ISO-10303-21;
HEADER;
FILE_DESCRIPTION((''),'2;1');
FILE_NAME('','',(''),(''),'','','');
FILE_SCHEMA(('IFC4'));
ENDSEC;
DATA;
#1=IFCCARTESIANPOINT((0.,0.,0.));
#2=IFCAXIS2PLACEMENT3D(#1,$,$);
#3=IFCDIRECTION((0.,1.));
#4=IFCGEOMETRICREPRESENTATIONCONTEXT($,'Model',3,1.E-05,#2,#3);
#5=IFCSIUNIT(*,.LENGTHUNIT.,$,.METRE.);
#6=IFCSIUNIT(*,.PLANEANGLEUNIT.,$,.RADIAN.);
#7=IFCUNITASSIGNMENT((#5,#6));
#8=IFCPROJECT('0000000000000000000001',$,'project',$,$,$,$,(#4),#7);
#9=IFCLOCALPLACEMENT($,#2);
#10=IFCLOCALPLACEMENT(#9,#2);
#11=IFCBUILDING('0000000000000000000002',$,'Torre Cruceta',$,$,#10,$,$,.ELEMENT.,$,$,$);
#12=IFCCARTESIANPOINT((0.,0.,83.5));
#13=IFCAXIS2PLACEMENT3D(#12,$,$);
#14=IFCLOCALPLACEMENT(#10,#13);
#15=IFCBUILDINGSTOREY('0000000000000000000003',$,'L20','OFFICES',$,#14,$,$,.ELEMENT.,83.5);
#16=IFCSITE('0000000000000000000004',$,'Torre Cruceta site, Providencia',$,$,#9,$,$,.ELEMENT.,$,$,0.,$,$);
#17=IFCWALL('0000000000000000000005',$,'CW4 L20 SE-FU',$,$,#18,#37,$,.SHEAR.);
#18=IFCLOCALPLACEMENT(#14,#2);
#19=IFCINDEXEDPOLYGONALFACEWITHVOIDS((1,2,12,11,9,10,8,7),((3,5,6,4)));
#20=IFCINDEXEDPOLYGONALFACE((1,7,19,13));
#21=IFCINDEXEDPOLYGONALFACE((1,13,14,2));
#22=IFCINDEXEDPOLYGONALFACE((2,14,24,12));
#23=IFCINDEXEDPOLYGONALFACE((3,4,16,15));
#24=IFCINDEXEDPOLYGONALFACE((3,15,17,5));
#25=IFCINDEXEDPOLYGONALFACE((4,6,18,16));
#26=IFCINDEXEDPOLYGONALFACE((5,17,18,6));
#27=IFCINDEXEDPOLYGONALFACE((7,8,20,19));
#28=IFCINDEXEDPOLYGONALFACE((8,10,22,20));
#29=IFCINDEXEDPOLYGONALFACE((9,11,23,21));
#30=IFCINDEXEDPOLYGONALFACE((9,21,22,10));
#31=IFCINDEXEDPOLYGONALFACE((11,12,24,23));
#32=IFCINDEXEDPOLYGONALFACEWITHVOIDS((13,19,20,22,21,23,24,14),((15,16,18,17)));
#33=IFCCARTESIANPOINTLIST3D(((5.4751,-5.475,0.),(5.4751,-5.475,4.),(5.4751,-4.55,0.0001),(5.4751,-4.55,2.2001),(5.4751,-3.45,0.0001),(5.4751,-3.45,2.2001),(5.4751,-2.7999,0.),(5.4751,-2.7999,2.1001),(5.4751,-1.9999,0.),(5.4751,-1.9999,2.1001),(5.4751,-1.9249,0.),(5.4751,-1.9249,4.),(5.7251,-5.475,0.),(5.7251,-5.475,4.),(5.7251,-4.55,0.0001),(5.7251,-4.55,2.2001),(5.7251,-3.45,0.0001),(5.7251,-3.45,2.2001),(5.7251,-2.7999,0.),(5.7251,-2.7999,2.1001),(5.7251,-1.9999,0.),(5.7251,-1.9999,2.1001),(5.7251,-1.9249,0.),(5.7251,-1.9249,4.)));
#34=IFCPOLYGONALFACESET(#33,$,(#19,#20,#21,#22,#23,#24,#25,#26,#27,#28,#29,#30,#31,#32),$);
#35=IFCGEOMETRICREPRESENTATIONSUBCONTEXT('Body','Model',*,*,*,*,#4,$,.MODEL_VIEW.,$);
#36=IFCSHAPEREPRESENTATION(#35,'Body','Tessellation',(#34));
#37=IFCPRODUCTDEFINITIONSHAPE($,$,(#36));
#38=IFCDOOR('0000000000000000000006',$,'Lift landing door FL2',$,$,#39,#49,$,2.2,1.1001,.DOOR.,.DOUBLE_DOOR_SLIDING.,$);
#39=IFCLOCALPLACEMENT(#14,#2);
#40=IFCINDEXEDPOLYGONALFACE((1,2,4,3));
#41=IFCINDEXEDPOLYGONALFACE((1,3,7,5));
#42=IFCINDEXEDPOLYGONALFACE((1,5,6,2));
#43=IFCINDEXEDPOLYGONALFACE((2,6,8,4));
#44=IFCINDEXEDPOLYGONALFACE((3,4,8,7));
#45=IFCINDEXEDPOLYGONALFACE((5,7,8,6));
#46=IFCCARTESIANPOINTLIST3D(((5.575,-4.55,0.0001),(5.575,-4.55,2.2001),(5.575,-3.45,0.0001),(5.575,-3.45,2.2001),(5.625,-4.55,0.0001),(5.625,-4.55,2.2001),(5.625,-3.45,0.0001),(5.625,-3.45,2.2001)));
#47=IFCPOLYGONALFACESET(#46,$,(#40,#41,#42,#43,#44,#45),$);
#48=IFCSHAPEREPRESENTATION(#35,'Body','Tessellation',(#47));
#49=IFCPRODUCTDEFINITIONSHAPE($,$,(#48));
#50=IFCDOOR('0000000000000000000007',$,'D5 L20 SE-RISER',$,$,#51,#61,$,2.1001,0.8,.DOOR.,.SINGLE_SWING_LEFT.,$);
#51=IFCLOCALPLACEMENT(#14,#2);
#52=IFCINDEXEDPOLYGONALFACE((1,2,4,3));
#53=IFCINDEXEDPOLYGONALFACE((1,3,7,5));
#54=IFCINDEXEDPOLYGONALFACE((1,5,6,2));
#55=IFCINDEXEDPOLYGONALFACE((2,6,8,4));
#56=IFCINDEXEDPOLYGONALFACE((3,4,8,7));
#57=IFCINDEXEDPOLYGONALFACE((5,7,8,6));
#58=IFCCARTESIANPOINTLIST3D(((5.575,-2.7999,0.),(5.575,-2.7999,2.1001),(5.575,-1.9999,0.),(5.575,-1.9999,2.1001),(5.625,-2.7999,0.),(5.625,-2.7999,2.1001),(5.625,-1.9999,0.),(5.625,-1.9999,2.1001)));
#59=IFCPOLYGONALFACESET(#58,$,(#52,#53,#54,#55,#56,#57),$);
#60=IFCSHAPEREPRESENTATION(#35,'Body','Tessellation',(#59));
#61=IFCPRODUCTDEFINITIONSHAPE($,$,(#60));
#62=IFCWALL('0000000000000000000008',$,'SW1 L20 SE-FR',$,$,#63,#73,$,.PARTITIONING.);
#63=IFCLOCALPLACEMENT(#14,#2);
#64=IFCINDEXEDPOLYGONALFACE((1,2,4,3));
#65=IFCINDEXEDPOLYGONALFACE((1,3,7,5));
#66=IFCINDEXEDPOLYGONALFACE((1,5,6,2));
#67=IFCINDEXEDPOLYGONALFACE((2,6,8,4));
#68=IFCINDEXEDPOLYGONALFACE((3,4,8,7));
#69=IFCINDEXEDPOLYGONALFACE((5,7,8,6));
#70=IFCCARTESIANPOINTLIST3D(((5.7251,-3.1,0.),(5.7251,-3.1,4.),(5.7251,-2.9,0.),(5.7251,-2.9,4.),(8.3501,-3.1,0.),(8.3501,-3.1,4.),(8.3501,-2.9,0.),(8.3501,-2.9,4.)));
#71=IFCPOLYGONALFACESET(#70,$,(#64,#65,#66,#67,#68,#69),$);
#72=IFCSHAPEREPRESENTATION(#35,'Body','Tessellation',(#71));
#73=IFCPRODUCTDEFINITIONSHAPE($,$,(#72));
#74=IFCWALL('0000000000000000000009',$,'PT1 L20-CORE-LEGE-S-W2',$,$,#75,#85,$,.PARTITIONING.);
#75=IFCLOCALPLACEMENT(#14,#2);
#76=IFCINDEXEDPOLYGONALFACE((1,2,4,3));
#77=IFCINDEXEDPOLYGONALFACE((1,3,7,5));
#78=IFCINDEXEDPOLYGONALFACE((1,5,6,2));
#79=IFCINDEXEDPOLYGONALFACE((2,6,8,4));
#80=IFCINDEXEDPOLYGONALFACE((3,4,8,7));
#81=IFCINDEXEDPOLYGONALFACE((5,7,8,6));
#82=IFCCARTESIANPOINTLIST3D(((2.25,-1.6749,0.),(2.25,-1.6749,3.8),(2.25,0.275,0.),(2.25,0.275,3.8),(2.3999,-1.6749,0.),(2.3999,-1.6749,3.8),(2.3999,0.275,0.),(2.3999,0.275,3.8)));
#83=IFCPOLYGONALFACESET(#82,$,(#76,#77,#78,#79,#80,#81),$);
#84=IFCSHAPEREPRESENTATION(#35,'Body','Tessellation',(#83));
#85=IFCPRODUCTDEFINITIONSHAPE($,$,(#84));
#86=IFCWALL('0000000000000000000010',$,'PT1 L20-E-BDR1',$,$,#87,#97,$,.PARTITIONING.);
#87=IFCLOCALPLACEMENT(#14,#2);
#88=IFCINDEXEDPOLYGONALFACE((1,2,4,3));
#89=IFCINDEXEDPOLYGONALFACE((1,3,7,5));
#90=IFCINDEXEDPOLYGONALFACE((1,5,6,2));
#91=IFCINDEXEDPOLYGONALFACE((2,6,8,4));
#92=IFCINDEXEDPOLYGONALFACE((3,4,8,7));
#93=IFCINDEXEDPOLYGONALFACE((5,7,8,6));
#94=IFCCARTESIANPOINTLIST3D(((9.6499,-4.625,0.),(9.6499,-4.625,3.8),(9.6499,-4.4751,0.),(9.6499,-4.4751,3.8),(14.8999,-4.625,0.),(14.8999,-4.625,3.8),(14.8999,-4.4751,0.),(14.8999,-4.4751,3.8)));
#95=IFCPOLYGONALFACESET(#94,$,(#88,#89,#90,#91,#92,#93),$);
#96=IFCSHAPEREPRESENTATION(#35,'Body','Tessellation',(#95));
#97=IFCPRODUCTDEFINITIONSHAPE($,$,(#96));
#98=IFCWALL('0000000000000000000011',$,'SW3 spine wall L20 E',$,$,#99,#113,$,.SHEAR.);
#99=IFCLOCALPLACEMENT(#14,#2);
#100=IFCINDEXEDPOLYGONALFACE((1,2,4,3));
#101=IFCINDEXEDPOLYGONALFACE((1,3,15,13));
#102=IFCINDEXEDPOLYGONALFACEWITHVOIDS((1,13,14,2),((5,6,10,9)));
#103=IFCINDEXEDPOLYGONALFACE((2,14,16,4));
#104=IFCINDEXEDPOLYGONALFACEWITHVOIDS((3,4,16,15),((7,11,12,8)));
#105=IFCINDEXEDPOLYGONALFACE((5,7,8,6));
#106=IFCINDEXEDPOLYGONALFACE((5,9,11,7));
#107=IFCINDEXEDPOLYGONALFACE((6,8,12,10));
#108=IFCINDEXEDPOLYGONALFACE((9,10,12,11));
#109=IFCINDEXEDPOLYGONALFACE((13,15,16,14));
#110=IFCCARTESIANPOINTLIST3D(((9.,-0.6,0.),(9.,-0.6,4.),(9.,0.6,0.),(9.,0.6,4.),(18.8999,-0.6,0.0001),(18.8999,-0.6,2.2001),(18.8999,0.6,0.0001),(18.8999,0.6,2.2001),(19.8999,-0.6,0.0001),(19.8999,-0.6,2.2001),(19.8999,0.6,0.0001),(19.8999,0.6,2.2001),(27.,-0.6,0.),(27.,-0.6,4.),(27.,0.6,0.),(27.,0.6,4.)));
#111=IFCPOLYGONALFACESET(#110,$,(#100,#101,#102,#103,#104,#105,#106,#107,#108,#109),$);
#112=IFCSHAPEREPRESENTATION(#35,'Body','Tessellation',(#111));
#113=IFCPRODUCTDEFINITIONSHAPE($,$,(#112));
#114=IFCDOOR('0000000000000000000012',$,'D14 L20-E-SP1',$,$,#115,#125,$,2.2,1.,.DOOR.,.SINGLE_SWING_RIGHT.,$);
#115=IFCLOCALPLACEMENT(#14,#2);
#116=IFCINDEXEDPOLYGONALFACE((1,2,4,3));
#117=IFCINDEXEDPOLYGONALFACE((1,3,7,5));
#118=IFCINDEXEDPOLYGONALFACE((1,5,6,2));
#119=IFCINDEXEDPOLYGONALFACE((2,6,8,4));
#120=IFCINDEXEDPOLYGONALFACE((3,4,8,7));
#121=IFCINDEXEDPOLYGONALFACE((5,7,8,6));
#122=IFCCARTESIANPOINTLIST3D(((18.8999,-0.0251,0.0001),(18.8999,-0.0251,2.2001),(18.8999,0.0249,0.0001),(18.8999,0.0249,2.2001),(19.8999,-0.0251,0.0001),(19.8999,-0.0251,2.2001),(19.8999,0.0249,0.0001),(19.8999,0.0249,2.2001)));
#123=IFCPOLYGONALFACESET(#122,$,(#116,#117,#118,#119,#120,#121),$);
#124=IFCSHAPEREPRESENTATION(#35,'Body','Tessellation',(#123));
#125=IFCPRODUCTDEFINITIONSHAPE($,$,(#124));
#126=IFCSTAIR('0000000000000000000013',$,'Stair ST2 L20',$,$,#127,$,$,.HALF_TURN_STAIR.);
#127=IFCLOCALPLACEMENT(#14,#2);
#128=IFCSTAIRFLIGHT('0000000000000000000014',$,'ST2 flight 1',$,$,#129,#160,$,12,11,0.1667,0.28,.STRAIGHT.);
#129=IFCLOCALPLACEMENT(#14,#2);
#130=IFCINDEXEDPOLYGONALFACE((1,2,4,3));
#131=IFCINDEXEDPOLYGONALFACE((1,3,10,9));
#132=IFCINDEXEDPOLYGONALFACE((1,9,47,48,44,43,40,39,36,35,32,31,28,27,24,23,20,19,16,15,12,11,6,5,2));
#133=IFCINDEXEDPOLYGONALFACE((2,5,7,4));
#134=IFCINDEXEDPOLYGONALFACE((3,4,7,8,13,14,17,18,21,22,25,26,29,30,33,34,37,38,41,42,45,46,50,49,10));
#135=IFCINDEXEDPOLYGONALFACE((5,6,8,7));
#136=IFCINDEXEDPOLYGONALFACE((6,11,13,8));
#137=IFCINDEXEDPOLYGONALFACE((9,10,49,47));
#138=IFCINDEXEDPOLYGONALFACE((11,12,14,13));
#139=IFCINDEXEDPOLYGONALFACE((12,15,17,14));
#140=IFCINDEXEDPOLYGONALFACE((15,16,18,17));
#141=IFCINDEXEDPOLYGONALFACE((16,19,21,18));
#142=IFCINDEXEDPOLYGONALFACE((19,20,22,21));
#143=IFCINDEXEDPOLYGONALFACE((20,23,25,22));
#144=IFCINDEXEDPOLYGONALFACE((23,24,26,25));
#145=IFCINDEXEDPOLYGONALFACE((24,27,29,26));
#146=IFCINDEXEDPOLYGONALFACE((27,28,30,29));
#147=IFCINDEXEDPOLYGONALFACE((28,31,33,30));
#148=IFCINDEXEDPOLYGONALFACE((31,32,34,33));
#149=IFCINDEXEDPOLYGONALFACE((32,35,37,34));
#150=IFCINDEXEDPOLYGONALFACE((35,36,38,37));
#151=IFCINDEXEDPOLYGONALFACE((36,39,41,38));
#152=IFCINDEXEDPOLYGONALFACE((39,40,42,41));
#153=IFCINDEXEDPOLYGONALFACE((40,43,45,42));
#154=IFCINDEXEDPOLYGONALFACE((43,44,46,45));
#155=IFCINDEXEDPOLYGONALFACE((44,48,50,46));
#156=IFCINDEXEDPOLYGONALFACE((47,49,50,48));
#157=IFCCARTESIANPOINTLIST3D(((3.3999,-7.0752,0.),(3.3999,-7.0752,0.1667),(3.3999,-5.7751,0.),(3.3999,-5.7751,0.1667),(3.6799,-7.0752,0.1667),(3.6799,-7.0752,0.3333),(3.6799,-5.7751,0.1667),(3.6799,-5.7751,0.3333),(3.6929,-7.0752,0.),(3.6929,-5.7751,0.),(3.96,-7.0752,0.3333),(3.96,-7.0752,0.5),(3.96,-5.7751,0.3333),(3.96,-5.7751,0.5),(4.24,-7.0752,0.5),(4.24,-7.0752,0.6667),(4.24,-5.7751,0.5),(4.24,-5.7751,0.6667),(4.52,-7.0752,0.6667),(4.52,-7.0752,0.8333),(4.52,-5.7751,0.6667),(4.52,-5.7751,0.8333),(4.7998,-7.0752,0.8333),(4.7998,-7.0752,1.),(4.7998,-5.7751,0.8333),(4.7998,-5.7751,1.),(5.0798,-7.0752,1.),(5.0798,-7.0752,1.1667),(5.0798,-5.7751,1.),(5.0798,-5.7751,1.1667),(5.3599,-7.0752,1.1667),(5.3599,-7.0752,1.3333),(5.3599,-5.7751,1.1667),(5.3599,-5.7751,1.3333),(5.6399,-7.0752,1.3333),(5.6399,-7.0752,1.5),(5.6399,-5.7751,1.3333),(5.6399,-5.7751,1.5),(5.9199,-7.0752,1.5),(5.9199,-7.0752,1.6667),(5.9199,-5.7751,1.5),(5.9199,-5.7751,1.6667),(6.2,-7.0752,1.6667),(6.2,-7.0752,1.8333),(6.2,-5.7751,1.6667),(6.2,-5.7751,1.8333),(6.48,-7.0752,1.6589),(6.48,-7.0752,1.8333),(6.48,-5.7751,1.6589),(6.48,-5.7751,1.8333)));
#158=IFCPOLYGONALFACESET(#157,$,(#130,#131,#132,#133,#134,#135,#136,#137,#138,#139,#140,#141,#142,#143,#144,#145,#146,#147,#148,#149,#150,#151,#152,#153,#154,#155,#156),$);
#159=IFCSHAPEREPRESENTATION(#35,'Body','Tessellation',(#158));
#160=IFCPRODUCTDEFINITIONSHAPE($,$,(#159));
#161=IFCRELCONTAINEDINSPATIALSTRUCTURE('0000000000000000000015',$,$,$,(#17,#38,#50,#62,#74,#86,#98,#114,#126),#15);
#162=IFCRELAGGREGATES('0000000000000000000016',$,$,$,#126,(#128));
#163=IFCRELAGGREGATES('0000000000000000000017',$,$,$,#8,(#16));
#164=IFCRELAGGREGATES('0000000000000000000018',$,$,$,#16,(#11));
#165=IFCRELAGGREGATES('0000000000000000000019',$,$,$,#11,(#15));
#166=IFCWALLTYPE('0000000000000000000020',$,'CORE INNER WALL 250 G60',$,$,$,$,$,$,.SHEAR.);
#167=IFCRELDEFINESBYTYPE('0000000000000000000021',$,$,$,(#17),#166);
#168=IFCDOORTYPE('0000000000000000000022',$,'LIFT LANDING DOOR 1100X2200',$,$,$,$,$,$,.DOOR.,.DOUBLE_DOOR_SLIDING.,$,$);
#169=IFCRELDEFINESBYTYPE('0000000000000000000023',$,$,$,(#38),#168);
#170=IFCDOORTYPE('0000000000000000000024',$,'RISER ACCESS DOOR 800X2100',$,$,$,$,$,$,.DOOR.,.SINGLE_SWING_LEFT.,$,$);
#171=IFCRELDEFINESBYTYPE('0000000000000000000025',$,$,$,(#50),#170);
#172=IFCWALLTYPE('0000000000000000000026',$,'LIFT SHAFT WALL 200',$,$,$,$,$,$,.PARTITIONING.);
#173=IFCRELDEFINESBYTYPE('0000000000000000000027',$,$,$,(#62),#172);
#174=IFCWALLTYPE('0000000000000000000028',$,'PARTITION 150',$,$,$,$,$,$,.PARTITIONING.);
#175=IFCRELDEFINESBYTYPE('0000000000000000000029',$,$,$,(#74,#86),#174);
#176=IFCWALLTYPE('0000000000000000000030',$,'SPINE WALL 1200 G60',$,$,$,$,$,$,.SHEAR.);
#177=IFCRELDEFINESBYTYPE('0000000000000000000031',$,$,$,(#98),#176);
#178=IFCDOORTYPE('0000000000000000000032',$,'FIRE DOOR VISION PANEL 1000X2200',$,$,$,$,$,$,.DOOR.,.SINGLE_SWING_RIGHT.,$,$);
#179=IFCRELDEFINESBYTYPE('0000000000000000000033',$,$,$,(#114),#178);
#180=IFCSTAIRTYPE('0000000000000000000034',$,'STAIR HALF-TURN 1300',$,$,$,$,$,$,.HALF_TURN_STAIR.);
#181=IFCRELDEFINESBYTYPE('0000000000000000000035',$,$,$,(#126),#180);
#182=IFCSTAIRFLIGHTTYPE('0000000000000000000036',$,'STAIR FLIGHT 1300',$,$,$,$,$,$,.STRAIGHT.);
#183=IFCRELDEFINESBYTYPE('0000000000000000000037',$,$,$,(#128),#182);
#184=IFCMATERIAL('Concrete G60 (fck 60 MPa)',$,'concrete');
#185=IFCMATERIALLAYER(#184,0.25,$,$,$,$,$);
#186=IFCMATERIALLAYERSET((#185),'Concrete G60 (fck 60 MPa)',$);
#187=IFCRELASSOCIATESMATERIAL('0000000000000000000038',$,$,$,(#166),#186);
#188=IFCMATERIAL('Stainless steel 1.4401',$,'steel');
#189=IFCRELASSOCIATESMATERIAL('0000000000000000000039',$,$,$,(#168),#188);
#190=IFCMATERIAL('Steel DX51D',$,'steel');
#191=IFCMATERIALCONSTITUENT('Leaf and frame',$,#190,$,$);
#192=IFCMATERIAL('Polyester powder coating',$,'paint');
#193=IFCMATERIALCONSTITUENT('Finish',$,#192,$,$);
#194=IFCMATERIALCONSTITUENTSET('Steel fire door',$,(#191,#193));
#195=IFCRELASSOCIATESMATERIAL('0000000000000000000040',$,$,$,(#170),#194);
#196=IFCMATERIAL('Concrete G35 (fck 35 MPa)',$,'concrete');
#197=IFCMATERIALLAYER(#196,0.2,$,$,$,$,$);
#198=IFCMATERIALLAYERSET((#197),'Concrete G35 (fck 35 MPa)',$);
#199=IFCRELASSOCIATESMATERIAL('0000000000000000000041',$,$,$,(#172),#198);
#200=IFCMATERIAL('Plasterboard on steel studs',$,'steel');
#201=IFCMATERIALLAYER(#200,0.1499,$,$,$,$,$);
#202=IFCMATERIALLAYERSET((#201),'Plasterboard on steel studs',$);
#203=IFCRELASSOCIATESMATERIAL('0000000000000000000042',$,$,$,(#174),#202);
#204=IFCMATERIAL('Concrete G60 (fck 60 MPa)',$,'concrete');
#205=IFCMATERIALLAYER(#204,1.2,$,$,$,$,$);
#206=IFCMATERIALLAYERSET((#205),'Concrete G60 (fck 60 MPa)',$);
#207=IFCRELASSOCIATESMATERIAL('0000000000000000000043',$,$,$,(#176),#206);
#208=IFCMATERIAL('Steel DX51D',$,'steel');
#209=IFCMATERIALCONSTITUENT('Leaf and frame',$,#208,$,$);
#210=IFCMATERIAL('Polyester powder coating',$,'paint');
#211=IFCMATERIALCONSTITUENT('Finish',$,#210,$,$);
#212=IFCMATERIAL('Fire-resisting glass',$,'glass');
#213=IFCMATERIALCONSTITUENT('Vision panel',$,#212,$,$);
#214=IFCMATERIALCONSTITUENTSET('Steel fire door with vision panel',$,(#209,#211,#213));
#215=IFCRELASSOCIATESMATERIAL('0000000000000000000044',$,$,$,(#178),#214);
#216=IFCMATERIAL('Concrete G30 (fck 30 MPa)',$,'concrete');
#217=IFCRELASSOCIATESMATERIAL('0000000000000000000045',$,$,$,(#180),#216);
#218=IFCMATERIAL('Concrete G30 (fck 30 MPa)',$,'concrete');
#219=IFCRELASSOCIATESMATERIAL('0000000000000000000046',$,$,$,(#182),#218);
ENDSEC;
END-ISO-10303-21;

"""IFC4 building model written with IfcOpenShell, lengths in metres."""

from ifc_helpers import new_model, si_unit, direction, frame, frame_2d, origin, place, context, subcontext, project, spatial, polyline, rectangle, outline, extrude, material, layer, layer_set, constituent, constituent_set, type_object, element, fill, aggregate, save


model = new_model("IFC4")

# Units and contexts
model_context = context("Model", 3, precision=1e-05, world=origin(), true_north=direction((0.0, 1.0)))
body_context = subcontext(model_context, "Body", "Model", "MODEL_VIEW")
ifc_project = project(units=[si_unit("LENGTHUNIT", "METRE"), si_unit("PLANEANGLEUNIT", "RADIAN")], contexts=[model_context])

# Site, building, storey
site_placement = place(None, origin())
site = spatial("IfcSite", under=ifc_project, at=site_placement, Name="Torre Cruceta site, Providencia", CompositionType="ELEMENT", RefElevation=0.0)
building_placement = place(site_placement, origin())
building = spatial("IfcBuilding", under=site, at=building_placement, Name="Torre Cruceta", CompositionType="ELEMENT")
storey_placement = place(building_placement, frame((0.0, 0.0, 83.5)))
storey = spatial("IfcBuildingStorey", under=building, at=storey_placement, Name="L20", Description="OFFICES", CompositionType="ELEMENT", Elevation=83.5)

# Shared definitions
ifc_material_1 = material(Name="Concrete G60 (fck 60 MPa)", Category="concrete")
ifc_layer_1 = layer(ifc_material_1, 0.25)
ifc_layer_set_1 = layer_set([ifc_layer_1], Name="Concrete G60 (fck 60 MPa)")
wall_type_1 = type_object("IfcWallType", Name="CORE INNER WALL 250 G60", PredefinedType="SHEAR", material=ifc_layer_set_1)

# Wall, openings, doors
wall_1_placement = place(storey_placement, frame((5.6001, -1.925, 0.0), z_axis=(0.0, 0.0, 1.0), x_axis=(0.0, -1.0, 0.0)))
wall_1 = element("IfcWall", 1, at=wall_1_placement, inside=storey, type_object=wall_type_1, Name="CW4 L20 SE-FU", PredefinedType="SHEAR", context=body_context, shape_type="SweptSolid", body=[
    extrude(rectangle(XDim=3.55, YDim=0.25, at=frame_2d((1.7749, 0.0))), origin(), (0.0, 0.0, 1.0), 4.0),
])
opening_1_placement = place(wall_1_placement, frame((1.5249, 0.0, 0.0)))
opening_1 = element("IfcOpeningElement", 2, at=opening_1_placement, cuts=wall_1, PredefinedType="OPENING", context=body_context, shape_type="SweptSolid", body=[
    extrude(rectangle(XDim=1.1001, YDim=2.2, at=frame_2d((0.55, 1.1001))), frame((0.0, 0.135, 0.0), z_axis=(0.0, -1.0, 0.0), x_axis=(1.0, 0.0, 0.0)), (0.0, 0.0, 1.0), 0.27),
])
opening_2_placement = place(wall_1_placement, frame((0.075, 0.0, 0.0)))
opening_2 = element("IfcOpeningElement", 3, at=opening_2_placement, cuts=wall_1, PredefinedType="OPENING", context=body_context, shape_type="SweptSolid", body=[
    extrude(rectangle(XDim=0.8, YDim=2.1001, at=frame_2d((0.3999, 1.05))), frame((0.0, 0.135, 0.0), z_axis=(0.0, -1.0, 0.0), x_axis=(1.0, 0.0, 0.0)), (0.0, 0.0, 1.0), 0.27),
])
ifc_material_2 = material(Name="Stainless steel 1.4401", Category="steel")
door_type_1 = type_object("IfcDoorType", Name="LIFT LANDING DOOR 1100X2200", OperationType="DOUBLE_DOOR_SLIDING", PredefinedType="DOOR", material=ifc_material_2)
door_1_placement = place(opening_1_placement, origin())
door_1 = element("IfcDoor", 4, at=door_1_placement, inside=storey, type_object=door_type_1, Name="Lift landing door FL2", OperationType="DOUBLE_DOOR_SLIDING", OverallHeight=2.2, OverallWidth=1.1001, PredefinedType="DOOR", context=body_context, shape_type="SweptSolid", body=[
    extrude(rectangle(XDim=1.1001, YDim=2.2, at=frame_2d((0.55, 1.1001))), frame((0.0, 0.0249, 0.0), z_axis=(0.0, -1.0, 0.0), x_axis=(1.0, 0.0, 0.0)), (0.0, 0.0, 1.0), 0.05),
])
fill(opening_1, door_1)
ifc_material_3 = material(Name="Steel DX51D", Category="steel")
ifc_constituent_1 = constituent(ifc_material_3, Name="Leaf and frame")
ifc_material_4 = material(Name="Polyester powder coating", Category="paint")
ifc_constituent_2 = constituent(ifc_material_4, Name="Finish")
ifc_constituent_set_1 = constituent_set(constituents=[ifc_constituent_1, ifc_constituent_2], Name="Steel fire door")
door_type_2 = type_object("IfcDoorType", Name="RISER ACCESS DOOR 800X2100", OperationType="SINGLE_SWING_LEFT", PredefinedType="DOOR", material=ifc_constituent_set_1)
door_2_placement = place(opening_2_placement, origin())
door_2 = element("IfcDoor", 5, at=door_2_placement, inside=storey, type_object=door_type_2, Name="D5 L20 SE-RISER", OperationType="SINGLE_SWING_LEFT", OverallHeight=2.1001, OverallWidth=0.8, PredefinedType="DOOR", context=body_context, shape_type="SweptSolid", body=[
    extrude(rectangle(XDim=0.8, YDim=2.1001, at=frame_2d((0.3999, 1.05))), frame((0.0, 0.0249, 0.0), z_axis=(0.0, -1.0, 0.0), x_axis=(1.0, 0.0, 0.0)), (0.0, 0.0, 1.0), 0.05),
])
fill(opening_2, door_2)

# Walls
ifc_material_5 = material(Name="Concrete G35 (fck 35 MPa)", Category="concrete")
ifc_layer_2 = layer(ifc_material_5, 0.2)
ifc_layer_set_2 = layer_set([ifc_layer_2], Name="Concrete G35 (fck 35 MPa)")
wall_type_2 = type_object("IfcWallType", Name="LIFT SHAFT WALL 200", PredefinedType="PARTITIONING", material=ifc_layer_set_2)
wall_2_placement = place(storey_placement, frame((5.7251, -3.0, 0.0), z_axis=(0.0, 0.0, 1.0), x_axis=(1.0, 0.0, 0.0)))
element("IfcWall", 6, at=wall_2_placement, inside=storey, type_object=wall_type_2, Name="SW1 L20 SE-FR", PredefinedType="PARTITIONING", context=body_context, shape_type="SweptSolid", body=[
    extrude(rectangle(XDim=2.625, YDim=0.2, at=frame_2d((1.3125, 0.0))), origin(), (0.0, 0.0, 1.0), 4.0),
])
ifc_material_6 = material(Name="Plasterboard on steel studs", Category="steel")
ifc_layer_3 = layer(ifc_material_6, 0.1499)
ifc_layer_set_3 = layer_set([ifc_layer_3], Name="Plasterboard on steel studs")
wall_type_3 = type_object("IfcWallType", Name="PARTITION 150", PredefinedType="PARTITIONING", material=ifc_layer_set_3)
wall_3_placement = place(storey_placement, frame((2.325, -1.675, 0.0), z_axis=(0.0, 0.0, 1.0), x_axis=(0.0, 1.0, 0.0)))
element("IfcWall", 7, at=wall_3_placement, inside=storey, type_object=wall_type_3, Name="PT1 L20-CORE-LEGE-S-W2", PredefinedType="PARTITIONING", context=body_context, shape_type="SweptSolid", body=[
    extrude(rectangle(XDim=1.95, YDim=0.1499, at=frame_2d((0.9751, 0.0))), origin(), (0.0, 0.0, 1.0), 3.8),
])
wall_4_placement = place(storey_placement, frame((9.6499, -4.55, 0.0), z_axis=(0.0, 0.0, 1.0), x_axis=(1.0, 0.0, 0.0)))
element("IfcWall", 8, at=wall_4_placement, inside=storey, type_object=wall_type_3, Name="PT1 L20-E-BDR1", PredefinedType="PARTITIONING", context=body_context, shape_type="SweptSolid", body=[
    extrude(rectangle(XDim=5.25, YDim=0.1499, at=frame_2d((2.625, 0.0))), origin(), (0.0, 0.0, 1.0), 3.8),
])

# Wall, opening, door
ifc_material_7 = material(Name="Concrete G60 (fck 60 MPa)", Category="concrete")
ifc_layer_4 = layer(ifc_material_7, 1.2)
ifc_layer_set_4 = layer_set([ifc_layer_4], Name="Concrete G60 (fck 60 MPa)")
wall_type_4 = type_object("IfcWallType", Name="SPINE WALL 1200 G60", PredefinedType="SHEAR", material=ifc_layer_set_4)
wall_5_placement = place(storey_placement, frame((9.0, 0.0, 0.0), z_axis=(0.0, 0.0, 1.0), x_axis=(1.0, 0.0, 0.0)))
wall_5 = element("IfcWall", 9, at=wall_5_placement, inside=storey, type_object=wall_type_4, Name="SW3 spine wall L20 E", PredefinedType="SHEAR", context=body_context, shape_type="SweptSolid", body=[
    extrude(rectangle(XDim=18.0, YDim=1.2, at=frame_2d((9.0, 0.0))), origin(), (0.0, 0.0, 1.0), 4.0),
])
opening_3_placement = place(wall_5_placement, frame((9.8999, 0.0, 0.0)))
opening_3 = element("IfcOpeningElement", 10, at=opening_3_placement, cuts=wall_5, PredefinedType="OPENING", context=body_context, shape_type="SweptSolid", body=[
    extrude(rectangle(XDim=1.0, YDim=2.2, at=frame_2d((0.5, 1.1001))), frame((0.0, 0.6099, 0.0), z_axis=(0.0, -1.0, 0.0), x_axis=(1.0, 0.0, 0.0)), (0.0, 0.0, 1.0), 1.22),
])
ifc_material_8 = material(Name="Steel DX51D", Category="steel")
ifc_constituent_3 = constituent(ifc_material_8, Name="Leaf and frame")
ifc_material_9 = material(Name="Polyester powder coating", Category="paint")
ifc_constituent_4 = constituent(ifc_material_9, Name="Finish")
ifc_material_10 = material(Name="Fire-resisting glass", Category="glass")
ifc_constituent_5 = constituent(ifc_material_10, Name="Vision panel")
ifc_constituent_set_2 = constituent_set(constituents=[ifc_constituent_3, ifc_constituent_4, ifc_constituent_5], Name="Steel fire door with vision panel")
door_type_3 = type_object("IfcDoorType", Name="FIRE DOOR VISION PANEL 1000X2200", OperationType="SINGLE_SWING_RIGHT", PredefinedType="DOOR", material=ifc_constituent_set_2)
door_3_placement = place(opening_3_placement, origin())
door_3 = element("IfcDoor", 11, at=door_3_placement, inside=storey, type_object=door_type_3, Name="D14 L20-E-SP1", OperationType="SINGLE_SWING_RIGHT", OverallHeight=2.2, OverallWidth=1.0, PredefinedType="DOOR", context=body_context, shape_type="SweptSolid", body=[
    extrude(rectangle(XDim=1.0, YDim=2.2, at=frame_2d((0.5, 1.1001))), frame((0.0, 0.0249, 0.0), z_axis=(0.0, -1.0, 0.0), x_axis=(1.0, 0.0, 0.0)), (0.0, 0.0, 1.0), 0.05),
])
fill(opening_3, door_3)

# Stair, stair flight
ifc_material_11 = material(Name="Concrete G30 (fck 30 MPa)", Category="concrete")
stair_type = type_object("IfcStairType", Name="STAIR HALF-TURN 1300", PredefinedType="HALF_TURN_STAIR", material=ifc_material_11)
stair_placement = place(storey_placement, origin())
stair = element("IfcStair", 12, at=stair_placement, inside=storey, type_object=stair_type, Name="Stair ST2 L20", PredefinedType="HALF_TURN_STAIR")
ifc_material_12 = material(Name="Concrete G30 (fck 30 MPa)", Category="concrete")
stair_flight_type = type_object("IfcStairFlightType", Name="STAIR FLIGHT 1300", PredefinedType="STRAIGHT", material=ifc_material_12)
stair_flight_1_placement = place(storey_placement, frame((3.3999, -6.425, 0.0), z_axis=(0.0, 0.0, 1.0), x_axis=(1.0, 0.0, 0.0)))
stair_flight_1 = element("IfcStairFlight", 13, at=stair_flight_1_placement, type_object=stair_flight_type, Name="ST2 flight 1", NumberOfRisers=12, NumberOfTreads=11, PredefinedType="STRAIGHT", RiserHeight=0.1667, TreadLength=0.28, context=body_context, shape_type="SweptSolid", body=[
    extrude(outline(polyline([(0.0, 0.0), (0.0, 0.1667), (0.28, 0.1667), (0.28, 0.3333), (0.5601, 0.3333), (0.5601, 0.5), (0.8401, 0.5), (0.8401, 0.6667), (1.1201, 0.6667), (1.1201, 0.8333), (1.3999, 0.8333), (1.3999, 1.0), (1.6799, 1.0), (1.6799, 1.1667), (1.96, 1.1667), (1.96, 1.3333), (2.24, 1.3333), (2.24, 1.5), (2.52, 1.5), (2.52, 1.6667), (2.8, 1.6667), (2.8, 1.8333), (3.0801, 1.8333), (3.0801, 2.0), (3.0801, 1.6589), (0.293, 0.0), (0.0, 0.0)])), frame((0.0, 0.6499, 0.0), z_axis=(0.0, -1.0, 0.0), x_axis=(1.0, 0.0, 0.0)), (0.0, 0.0, 1.0), 1.3),
])
aggregate(stair, [stair_flight_1])

save(model, "model.ifc")
